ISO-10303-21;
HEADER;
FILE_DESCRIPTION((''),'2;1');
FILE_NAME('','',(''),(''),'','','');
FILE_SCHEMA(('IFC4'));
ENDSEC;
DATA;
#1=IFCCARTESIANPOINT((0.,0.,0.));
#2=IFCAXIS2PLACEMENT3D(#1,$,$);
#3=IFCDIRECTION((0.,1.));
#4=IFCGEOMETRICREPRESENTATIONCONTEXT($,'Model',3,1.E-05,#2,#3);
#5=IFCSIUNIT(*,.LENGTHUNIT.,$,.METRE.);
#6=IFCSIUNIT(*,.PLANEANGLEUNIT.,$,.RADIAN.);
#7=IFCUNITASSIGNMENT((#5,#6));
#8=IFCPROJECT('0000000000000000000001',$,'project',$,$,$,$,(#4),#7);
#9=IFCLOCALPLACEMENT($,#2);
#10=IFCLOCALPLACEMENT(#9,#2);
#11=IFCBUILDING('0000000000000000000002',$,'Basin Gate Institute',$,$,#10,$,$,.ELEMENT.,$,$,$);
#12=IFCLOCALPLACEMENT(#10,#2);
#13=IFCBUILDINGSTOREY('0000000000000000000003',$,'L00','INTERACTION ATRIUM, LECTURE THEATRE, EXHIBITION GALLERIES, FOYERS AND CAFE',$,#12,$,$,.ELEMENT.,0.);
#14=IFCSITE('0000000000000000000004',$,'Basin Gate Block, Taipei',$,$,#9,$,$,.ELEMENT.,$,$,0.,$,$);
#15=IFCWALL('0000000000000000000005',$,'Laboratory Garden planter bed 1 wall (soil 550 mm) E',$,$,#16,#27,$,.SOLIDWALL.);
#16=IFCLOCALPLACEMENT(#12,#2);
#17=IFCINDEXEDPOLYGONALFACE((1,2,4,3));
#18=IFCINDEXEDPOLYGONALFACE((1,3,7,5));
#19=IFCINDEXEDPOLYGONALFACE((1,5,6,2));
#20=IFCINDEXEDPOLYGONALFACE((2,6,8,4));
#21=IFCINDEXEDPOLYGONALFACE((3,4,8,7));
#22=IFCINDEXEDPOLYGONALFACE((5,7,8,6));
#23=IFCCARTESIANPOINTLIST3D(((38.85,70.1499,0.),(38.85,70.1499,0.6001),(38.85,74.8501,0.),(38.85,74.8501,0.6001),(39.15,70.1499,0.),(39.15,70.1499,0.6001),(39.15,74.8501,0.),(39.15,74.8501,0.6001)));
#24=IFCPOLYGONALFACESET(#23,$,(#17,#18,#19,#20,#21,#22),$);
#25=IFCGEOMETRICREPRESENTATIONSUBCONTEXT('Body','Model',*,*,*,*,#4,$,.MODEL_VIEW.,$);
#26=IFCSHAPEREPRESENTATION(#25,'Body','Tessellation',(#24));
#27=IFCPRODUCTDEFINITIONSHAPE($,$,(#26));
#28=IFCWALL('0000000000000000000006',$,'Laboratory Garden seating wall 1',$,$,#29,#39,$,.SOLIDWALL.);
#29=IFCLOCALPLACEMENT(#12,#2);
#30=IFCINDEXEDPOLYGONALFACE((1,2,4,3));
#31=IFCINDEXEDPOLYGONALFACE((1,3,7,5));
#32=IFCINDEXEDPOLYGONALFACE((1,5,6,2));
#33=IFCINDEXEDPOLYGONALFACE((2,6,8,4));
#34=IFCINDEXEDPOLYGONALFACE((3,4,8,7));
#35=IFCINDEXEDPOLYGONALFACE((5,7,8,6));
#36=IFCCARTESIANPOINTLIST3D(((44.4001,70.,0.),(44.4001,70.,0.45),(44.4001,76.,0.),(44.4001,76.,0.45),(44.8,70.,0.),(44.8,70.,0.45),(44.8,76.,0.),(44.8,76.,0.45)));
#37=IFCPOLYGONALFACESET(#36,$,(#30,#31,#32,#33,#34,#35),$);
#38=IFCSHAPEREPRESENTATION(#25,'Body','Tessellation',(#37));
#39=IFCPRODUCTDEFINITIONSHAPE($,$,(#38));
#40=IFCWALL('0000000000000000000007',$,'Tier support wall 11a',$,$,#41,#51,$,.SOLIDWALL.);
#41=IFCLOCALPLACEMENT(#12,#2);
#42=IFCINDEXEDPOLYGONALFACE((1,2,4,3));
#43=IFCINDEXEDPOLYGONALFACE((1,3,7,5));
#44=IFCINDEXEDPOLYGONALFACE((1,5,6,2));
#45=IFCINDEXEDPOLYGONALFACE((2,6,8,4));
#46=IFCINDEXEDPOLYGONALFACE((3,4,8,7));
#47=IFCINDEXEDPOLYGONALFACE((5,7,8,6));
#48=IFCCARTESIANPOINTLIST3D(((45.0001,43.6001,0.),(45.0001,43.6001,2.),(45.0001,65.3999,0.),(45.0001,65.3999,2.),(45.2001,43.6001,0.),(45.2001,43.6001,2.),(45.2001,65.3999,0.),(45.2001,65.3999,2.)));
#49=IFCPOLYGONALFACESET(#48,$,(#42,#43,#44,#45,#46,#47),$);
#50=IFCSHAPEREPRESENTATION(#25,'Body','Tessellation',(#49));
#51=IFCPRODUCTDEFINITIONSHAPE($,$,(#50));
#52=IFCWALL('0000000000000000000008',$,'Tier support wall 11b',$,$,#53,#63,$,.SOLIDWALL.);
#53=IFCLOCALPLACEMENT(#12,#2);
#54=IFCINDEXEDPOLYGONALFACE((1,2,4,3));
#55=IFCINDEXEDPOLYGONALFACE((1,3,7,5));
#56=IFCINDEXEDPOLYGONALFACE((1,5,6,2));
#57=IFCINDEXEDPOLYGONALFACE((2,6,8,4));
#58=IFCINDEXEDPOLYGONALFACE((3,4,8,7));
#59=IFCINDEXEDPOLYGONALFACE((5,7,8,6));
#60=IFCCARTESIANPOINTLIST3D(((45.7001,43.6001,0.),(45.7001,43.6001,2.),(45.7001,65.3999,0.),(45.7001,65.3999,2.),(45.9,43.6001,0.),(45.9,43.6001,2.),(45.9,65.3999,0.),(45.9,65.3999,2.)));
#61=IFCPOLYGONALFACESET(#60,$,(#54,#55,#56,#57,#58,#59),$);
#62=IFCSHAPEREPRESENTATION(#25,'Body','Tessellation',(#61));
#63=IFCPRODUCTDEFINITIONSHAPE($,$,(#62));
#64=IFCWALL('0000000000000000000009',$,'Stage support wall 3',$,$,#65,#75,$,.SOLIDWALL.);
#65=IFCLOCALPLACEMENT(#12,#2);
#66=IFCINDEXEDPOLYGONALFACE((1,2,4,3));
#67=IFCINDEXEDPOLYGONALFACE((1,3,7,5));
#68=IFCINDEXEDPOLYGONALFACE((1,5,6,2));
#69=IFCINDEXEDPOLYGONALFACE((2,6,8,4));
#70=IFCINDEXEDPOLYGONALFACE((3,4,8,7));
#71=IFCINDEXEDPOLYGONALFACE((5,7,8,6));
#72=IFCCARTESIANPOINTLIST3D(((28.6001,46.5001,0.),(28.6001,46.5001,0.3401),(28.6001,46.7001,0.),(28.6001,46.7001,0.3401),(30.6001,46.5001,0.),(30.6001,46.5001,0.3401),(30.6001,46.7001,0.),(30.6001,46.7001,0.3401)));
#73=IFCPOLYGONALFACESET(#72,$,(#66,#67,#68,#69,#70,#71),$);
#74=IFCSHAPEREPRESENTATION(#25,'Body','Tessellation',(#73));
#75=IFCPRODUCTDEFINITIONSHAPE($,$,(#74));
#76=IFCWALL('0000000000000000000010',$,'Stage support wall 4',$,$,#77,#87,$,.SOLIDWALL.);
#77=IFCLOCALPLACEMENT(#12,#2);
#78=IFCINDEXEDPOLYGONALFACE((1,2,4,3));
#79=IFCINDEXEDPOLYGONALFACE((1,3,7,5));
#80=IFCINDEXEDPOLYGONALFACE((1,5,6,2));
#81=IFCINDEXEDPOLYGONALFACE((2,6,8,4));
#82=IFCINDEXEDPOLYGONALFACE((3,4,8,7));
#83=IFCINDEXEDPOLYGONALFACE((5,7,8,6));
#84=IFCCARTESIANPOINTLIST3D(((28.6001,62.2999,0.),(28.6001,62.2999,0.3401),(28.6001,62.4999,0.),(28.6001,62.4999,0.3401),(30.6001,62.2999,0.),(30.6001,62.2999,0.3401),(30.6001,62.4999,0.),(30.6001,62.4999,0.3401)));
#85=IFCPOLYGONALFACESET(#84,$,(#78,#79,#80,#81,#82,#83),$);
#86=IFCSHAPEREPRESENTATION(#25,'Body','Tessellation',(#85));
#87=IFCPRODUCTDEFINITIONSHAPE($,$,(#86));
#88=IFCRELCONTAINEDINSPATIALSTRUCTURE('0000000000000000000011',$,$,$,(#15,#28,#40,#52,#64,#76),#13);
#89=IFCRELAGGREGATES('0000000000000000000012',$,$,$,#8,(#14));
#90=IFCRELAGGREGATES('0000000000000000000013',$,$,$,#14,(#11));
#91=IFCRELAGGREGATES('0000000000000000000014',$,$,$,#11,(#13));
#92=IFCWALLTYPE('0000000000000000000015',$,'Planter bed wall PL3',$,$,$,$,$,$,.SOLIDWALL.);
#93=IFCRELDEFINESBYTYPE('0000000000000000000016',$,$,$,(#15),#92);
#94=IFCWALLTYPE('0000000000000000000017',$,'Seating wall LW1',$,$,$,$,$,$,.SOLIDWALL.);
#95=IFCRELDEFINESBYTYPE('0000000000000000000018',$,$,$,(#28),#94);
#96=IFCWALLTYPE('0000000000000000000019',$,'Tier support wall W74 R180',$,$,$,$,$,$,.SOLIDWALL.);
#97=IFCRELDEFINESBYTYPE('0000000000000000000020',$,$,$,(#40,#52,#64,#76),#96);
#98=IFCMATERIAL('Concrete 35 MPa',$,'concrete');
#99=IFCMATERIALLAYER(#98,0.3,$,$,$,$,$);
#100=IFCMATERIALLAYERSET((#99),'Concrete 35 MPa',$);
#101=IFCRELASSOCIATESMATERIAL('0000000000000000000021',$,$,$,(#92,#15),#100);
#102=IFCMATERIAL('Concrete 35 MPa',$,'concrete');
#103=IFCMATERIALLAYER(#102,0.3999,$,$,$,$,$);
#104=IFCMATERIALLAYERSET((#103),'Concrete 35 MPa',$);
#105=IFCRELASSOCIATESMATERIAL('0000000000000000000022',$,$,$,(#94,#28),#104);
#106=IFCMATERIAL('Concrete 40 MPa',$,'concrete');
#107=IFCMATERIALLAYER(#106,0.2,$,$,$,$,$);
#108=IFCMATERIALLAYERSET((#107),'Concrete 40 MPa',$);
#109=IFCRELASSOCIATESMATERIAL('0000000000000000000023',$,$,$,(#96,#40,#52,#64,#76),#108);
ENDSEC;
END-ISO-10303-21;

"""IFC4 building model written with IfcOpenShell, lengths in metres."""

from ifc_helpers import new_model, si_unit, direction, frame, frame_2d, origin, place, context, subcontext, project, spatial, rectangle, extrude, material, layer, layer_set, type_object, element, save


model = new_model("IFC4")

# Units and contexts
model_context = context("Model", 3, precision=1e-05, world=origin(), true_north=direction((0.0, 1.0)))
body_context = subcontext(model_context, "Body", "Model", "MODEL_VIEW")
ifc_project = project(units=[si_unit("LENGTHUNIT", "METRE"), si_unit("PLANEANGLEUNIT", "RADIAN")], contexts=[model_context])

# Site, building, storey
site_placement = place(None, origin())
site = spatial("IfcSite", under=ifc_project, at=site_placement, Name="Basin Gate Block, Taipei", CompositionType="ELEMENT", RefElevation=0.0)
building_placement = place(site_placement, origin())
building = spatial("IfcBuilding", under=site, at=building_placement, Name="Basin Gate Institute", CompositionType="ELEMENT")
storey_placement = place(building_placement, origin())
storey = spatial("IfcBuildingStorey", under=building, at=storey_placement, Name="L00", Description="INTERACTION ATRIUM, LECTURE THEATRE, EXHIBITION GALLERIES, FOYERS AND CAFE", CompositionType="ELEMENT", Elevation=0.0)

# Walls
ifc_material_1 = material(Name="Concrete 35 MPa", Category="concrete")
ifc_layer_1 = layer(ifc_material_1, 0.3)
ifc_layer_set_1 = layer_set([ifc_layer_1], Name="Concrete 35 MPa")
wall_type_1 = type_object("IfcWallType", Name="Planter bed wall PL3", PredefinedType="SOLIDWALL", material=ifc_layer_set_1)
for number, where, z_axis, x_axis, name in (
    (1, (39.0, 70.1499, 0.0), (0.0, 0.0, 1.0), (0.0, 1.0, 0.0), "Laboratory Garden planter bed 1 wall (soil 550 mm) E"),
):
    element("IfcWall", number, at=place(storey_placement, frame(where, z_axis=z_axis, x_axis=x_axis)), inside=storey, type_object=wall_type_1, material=ifc_layer_set_1, Name=name, PredefinedType="SOLIDWALL", context=body_context, shape_type="SweptSolid", body=[
        extrude(rectangle(XDim=4.7002, YDim=0.3, at=frame_2d((2.3501, 0.0))), origin(), (0.0, 0.0, 1.0), 0.6001),
    ])
ifc_material_2 = material(Name="Concrete 35 MPa", Category="concrete")
ifc_layer_2 = layer(ifc_material_2, 0.3999)
ifc_layer_set_2 = layer_set([ifc_layer_2], Name="Concrete 35 MPa")
wall_type_2 = type_object("IfcWallType", Name="Seating wall LW1", PredefinedType="SOLIDWALL", material=ifc_layer_set_2)
wall_1_placement = place(storey_placement, frame((44.6001, 70.0, 0.0), z_axis=(0.0, 0.0, 1.0), x_axis=(0.0, 1.0, 0.0)))
element("IfcWall", 2, at=wall_1_placement, inside=storey, type_object=wall_type_2, material=ifc_layer_set_2, Name="Laboratory Garden seating wall 1", PredefinedType="SOLIDWALL", context=body_context, shape_type="SweptSolid", body=[
    extrude(rectangle(XDim=6.0, YDim=0.3999, at=frame_2d((3.0, 0.0))), origin(), (0.0, 0.0, 1.0), 0.45),
])

# Walls
ifc_material_3 = material(Name="Concrete 40 MPa", Category="concrete")
ifc_layer_3 = layer(ifc_material_3, 0.2)
ifc_layer_set_3 = layer_set([ifc_layer_3], Name="Concrete 40 MPa")
wall_type_3 = type_object("IfcWallType", Name="Tier support wall W74 R180", PredefinedType="SOLIDWALL", material=ifc_layer_set_3)
for number, where, z_axis, x_axis, name in (
    (3, (45.1001, 43.6001, 0.0), (0.0, 0.0, 1.0), (0.0, 1.0, 0.0), "Tier support wall 11a"),
    (4, (45.8, 43.6001, 0.0), (0.0, 0.0, 1.0), (0.0, 1.0, 0.0), "Tier support wall 11b"),
):
    element("IfcWall", number, at=place(storey_placement, frame(where, z_axis=z_axis, x_axis=x_axis)), inside=storey, type_object=wall_type_3, material=ifc_layer_set_3, Name=name, PredefinedType="SOLIDWALL", context=body_context, shape_type="SweptSolid", body=[
        extrude(rectangle(XDim=21.7998, YDim=0.2, at=frame_2d((10.8999, 0.0))), origin(), (0.0, 0.0, 1.0), 2.0),
    ])
for number, where, z_axis, x_axis, name in (
    (5, (28.6001, 46.6001, 0.0), (0.0, 0.0, 1.0), (1.0, 0.0, 0.0), "Stage support wall 3"),
    (6, (28.6001, 62.3999, 0.0), (0.0, 0.0, 1.0), (1.0, 0.0, 0.0), "Stage support wall 4"),
):
    element("IfcWall", number, at=place(storey_placement, frame(where, z_axis=z_axis, x_axis=x_axis)), inside=storey, type_object=wall_type_3, material=ifc_layer_set_3, Name=name, PredefinedType="SOLIDWALL", context=body_context, shape_type="SweptSolid", body=[
        extrude(rectangle(XDim=2.0, YDim=0.2, at=frame_2d((1.0, 0.0))), origin(), (0.0, 0.0, 1.0), 0.3401),
    ])

save(model, "model.ifc")
